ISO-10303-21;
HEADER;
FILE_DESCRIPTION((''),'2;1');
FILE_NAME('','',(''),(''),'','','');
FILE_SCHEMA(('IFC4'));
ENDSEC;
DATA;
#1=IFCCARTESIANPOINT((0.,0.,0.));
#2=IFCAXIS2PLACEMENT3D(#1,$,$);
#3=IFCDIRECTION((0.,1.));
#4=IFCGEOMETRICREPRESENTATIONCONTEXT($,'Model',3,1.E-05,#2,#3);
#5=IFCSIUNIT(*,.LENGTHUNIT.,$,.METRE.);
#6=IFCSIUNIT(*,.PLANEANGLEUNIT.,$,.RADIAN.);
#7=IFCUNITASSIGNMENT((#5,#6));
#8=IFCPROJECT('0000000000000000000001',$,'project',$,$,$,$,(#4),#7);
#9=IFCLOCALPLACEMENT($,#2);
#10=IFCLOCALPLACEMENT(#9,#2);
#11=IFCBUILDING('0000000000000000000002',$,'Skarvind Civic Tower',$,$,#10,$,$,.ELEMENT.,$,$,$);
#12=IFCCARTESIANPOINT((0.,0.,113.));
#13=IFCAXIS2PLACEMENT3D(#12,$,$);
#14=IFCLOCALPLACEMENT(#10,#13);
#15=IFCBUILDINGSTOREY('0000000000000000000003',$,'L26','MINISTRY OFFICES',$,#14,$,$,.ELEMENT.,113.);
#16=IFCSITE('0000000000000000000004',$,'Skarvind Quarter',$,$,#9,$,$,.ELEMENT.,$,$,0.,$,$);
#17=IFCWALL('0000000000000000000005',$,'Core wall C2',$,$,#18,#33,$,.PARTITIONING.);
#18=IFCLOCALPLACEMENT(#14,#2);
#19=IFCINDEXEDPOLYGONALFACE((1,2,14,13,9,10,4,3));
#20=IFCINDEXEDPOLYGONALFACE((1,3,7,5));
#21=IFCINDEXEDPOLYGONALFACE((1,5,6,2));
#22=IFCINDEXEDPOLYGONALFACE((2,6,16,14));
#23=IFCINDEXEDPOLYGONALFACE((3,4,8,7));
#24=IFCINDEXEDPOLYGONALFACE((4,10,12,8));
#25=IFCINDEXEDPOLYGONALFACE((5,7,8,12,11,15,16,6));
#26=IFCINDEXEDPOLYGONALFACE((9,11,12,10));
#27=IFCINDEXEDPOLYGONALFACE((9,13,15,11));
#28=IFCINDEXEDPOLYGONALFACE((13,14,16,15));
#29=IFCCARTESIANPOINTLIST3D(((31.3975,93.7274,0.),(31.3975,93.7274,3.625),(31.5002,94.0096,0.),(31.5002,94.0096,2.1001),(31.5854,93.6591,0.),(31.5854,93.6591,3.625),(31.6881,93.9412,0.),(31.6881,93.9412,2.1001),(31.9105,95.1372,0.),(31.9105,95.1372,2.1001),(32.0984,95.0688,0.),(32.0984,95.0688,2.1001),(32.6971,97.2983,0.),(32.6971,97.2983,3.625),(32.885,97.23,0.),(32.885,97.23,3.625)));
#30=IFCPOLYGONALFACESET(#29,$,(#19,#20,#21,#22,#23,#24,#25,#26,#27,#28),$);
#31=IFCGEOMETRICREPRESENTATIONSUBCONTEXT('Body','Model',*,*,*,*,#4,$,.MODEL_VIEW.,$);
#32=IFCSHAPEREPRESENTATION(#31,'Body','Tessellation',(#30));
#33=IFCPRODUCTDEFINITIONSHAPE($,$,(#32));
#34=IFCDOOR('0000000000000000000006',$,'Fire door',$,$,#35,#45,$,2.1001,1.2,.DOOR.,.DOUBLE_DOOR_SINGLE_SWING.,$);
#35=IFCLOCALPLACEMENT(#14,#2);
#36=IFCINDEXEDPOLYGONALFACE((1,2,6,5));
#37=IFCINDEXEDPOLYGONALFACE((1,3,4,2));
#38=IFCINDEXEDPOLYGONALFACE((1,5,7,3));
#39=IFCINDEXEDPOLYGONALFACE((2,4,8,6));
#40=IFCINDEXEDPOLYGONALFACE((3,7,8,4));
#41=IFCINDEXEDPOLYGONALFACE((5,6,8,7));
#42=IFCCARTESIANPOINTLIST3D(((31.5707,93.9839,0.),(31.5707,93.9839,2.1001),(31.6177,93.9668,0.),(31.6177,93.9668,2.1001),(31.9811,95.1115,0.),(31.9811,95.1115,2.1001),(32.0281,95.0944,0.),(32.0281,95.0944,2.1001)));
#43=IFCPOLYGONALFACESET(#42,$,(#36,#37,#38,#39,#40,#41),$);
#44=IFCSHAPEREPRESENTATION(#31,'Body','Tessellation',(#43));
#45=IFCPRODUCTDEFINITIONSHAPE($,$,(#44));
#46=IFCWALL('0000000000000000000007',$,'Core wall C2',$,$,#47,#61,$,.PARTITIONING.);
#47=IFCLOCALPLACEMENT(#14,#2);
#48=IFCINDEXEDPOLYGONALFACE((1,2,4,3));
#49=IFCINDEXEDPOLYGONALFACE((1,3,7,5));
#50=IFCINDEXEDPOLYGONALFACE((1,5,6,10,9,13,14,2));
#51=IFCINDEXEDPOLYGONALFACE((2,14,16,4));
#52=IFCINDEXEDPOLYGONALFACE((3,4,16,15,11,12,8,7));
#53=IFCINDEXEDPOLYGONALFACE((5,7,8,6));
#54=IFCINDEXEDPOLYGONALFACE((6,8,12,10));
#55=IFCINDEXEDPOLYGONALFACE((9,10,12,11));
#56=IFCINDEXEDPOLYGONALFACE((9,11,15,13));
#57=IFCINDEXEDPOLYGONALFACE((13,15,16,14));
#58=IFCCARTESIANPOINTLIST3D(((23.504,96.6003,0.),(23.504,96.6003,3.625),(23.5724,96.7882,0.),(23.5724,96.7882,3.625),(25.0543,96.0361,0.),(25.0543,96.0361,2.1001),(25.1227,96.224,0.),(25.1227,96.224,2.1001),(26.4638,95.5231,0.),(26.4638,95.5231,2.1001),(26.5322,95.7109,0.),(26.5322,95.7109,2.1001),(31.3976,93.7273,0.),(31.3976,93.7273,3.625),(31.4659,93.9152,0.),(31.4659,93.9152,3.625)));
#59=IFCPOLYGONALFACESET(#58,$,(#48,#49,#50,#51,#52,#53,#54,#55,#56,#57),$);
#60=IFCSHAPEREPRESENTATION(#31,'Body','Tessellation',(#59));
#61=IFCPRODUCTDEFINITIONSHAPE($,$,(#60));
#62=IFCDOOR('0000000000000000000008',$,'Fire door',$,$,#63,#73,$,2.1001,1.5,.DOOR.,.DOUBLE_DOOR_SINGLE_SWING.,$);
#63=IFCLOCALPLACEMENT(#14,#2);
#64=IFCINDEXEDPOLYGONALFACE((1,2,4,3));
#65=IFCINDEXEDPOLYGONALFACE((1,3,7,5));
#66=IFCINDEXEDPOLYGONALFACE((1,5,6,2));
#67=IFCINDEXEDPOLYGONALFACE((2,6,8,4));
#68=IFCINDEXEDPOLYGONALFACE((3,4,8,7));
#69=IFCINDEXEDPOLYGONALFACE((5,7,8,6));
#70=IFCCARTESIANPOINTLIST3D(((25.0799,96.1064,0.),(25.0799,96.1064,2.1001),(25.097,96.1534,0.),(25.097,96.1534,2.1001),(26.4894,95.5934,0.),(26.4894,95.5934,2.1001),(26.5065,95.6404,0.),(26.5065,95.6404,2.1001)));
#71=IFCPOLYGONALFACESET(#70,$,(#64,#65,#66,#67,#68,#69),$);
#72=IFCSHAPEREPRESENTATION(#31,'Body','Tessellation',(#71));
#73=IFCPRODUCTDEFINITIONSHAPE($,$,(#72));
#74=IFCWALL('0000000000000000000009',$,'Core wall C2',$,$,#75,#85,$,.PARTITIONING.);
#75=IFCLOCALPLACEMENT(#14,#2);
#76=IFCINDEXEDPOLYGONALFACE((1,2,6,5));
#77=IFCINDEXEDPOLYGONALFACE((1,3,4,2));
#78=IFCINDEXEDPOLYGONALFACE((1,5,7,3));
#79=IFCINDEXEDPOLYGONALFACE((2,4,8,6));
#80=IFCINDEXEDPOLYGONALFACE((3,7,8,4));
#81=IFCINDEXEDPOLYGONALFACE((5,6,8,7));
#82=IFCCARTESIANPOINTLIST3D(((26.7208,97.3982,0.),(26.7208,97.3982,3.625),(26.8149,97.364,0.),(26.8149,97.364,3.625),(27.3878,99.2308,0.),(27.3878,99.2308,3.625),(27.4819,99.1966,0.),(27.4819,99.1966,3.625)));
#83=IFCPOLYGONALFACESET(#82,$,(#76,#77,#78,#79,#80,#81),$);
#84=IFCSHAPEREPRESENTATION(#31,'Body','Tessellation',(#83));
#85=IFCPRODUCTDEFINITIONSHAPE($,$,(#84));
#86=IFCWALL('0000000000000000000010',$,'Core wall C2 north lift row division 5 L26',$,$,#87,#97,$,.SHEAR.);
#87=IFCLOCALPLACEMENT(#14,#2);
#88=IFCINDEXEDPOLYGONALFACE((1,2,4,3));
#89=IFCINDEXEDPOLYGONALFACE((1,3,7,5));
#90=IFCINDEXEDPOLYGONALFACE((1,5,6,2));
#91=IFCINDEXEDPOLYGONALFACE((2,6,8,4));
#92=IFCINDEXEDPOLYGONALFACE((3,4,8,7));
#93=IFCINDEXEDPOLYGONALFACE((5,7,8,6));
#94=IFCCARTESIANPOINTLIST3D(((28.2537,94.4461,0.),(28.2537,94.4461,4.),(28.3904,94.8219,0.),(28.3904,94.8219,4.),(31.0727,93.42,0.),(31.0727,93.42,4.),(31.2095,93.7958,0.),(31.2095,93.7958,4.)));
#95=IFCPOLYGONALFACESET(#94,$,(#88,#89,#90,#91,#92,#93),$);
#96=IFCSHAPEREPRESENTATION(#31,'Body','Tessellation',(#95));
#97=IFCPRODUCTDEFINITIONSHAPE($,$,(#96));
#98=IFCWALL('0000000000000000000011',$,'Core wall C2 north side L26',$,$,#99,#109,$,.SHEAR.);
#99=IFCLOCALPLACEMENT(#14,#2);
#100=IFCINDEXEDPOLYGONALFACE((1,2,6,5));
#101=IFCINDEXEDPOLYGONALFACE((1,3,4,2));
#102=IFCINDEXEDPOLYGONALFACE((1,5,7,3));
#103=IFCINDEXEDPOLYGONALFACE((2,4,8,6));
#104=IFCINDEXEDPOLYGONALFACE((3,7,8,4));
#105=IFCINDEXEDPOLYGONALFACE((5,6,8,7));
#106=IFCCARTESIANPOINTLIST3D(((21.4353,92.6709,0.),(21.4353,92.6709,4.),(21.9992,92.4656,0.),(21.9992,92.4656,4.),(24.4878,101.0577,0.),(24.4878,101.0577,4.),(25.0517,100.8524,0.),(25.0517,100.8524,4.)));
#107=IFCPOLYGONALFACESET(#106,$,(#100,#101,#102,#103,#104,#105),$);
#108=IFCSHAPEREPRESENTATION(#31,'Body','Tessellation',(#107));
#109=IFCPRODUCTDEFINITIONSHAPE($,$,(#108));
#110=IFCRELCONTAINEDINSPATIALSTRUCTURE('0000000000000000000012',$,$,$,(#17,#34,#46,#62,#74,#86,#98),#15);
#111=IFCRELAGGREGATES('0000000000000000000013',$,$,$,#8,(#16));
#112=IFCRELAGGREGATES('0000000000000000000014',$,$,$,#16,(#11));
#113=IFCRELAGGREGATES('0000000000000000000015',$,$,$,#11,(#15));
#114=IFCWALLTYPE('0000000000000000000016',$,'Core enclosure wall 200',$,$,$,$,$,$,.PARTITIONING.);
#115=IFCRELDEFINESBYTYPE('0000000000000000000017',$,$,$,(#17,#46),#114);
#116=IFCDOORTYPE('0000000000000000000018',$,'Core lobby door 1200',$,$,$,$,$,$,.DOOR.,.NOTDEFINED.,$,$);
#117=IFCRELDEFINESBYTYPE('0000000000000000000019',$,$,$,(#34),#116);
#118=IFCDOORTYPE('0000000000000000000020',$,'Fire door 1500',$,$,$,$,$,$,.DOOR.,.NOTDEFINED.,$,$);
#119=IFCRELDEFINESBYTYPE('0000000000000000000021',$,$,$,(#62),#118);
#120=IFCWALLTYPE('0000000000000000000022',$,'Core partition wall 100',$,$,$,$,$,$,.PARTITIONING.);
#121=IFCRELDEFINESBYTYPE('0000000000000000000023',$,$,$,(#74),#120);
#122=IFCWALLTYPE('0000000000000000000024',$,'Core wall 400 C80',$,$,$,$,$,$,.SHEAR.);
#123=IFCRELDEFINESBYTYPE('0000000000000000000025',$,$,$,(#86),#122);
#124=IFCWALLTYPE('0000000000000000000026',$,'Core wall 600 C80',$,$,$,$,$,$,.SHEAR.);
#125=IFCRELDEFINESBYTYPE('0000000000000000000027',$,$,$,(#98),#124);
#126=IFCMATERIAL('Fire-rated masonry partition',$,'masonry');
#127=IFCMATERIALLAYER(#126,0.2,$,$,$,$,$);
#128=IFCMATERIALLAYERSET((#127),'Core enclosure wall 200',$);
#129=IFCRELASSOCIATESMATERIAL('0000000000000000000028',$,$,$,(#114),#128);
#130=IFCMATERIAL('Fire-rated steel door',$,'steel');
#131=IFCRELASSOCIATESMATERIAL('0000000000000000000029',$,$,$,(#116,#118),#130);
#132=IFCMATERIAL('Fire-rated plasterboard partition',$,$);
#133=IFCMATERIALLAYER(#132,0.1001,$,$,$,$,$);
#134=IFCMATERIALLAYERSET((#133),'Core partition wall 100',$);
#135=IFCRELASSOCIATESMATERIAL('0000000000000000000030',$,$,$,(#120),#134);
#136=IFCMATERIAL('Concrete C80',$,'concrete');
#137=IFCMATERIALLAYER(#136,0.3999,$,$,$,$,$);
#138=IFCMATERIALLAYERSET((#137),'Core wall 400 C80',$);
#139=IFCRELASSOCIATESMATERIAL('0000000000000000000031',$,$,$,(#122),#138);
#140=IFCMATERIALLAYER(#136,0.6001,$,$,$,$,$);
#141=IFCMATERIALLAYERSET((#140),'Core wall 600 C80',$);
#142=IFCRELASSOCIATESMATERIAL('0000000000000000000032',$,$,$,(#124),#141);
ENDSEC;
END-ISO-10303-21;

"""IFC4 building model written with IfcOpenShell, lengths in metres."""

from ifc_helpers import new_model, si_unit, direction, frame, frame_2d, origin, place, context, subcontext, project, spatial, rectangle, extrude, material, layer, layer_set, type_object, element, fill, save


model = new_model("IFC4")

# Units and contexts
model_context = context("Model", 3, precision=1e-05, world=origin(), true_north=direction((0.0, 1.0)))
body_context = subcontext(model_context, "Body", "Model", "MODEL_VIEW")
ifc_project = project(units=[si_unit("LENGTHUNIT", "METRE"), si_unit("PLANEANGLEUNIT", "RADIAN")], contexts=[model_context])

# Site, building, storey
site_placement = place(None, origin())
site = spatial("IfcSite", under=ifc_project, at=site_placement, Name="Skarvind Quarter", CompositionType="ELEMENT", RefElevation=0.0)
building_placement = place(site_placement, origin())
building = spatial("IfcBuilding", under=site, at=building_placement, Name="Skarvind Civic Tower", CompositionType="ELEMENT")
storey_placement = place(building_placement, frame((0.0, 0.0, 113.0)))
storey = spatial("IfcBuildingStorey", under=building, at=storey_placement, Name="L26", Description="MINISTRY OFFICES", CompositionType="ELEMENT", Elevation=113.0)

# Walls, openings, doors
ifc_material_1 = material(Name="Fire-rated masonry partition", Category="masonry")
ifc_layer_1 = layer(ifc_material_1, 0.2)
ifc_layer_set_1 = layer_set([ifc_layer_1], Name="Core enclosure wall 200")
wall_type_1 = type_object("IfcWallType", Name="Core enclosure wall 200", PredefinedType="PARTITIONING", material=ifc_layer_set_1)
wall_1_placement = place(storey_placement, frame((31.4915, 93.6934, 0.0), z_axis=(0.0, 0.0, 1.0), x_axis=(0.341996, 0.939701, 0.0)))
wall_1 = element("IfcWall", 1, at=wall_1_placement, inside=storey, type_object=wall_type_1, Name="Core wall C2", PredefinedType="PARTITIONING", context=body_context, shape_type="SweptSolid", body=[
    extrude(rectangle(XDim=3.8, YDim=0.2, at=frame_2d((1.8999, 0.0))), origin(), (0.0, 0.0, 1.0), 3.625),
])
opening_1_placement = place(wall_1_placement, frame((0.3, 0.0, 0.0)))
opening_1 = element("IfcOpeningElement", 2, at=opening_1_placement, cuts=wall_1, PredefinedType="OPENING", context=body_context, shape_type="SweptSolid", body=[
    extrude(rectangle(XDim=1.2, YDim=2.1001, at=frame_2d((0.6001, 1.05))), frame((0.0, 0.1099, 0.0), z_axis=(0.0, -1.0, 0.0), x_axis=(1.0, 0.0, 0.0)), (0.0, 0.0, 1.0), 0.22),
])
ifc_material_2 = material(Name="Fire-rated steel door", Category="steel")
door_type_1 = type_object("IfcDoorType", Name="Core lobby door 1200", OperationType="NOTDEFINED", PredefinedType="DOOR", material=ifc_material_2)
door_1_placement = place(opening_1_placement, origin())
door_1 = element("IfcDoor", 3, at=door_1_placement, inside=storey, type_object=door_type_1, Name="Fire door", OperationType="DOUBLE_DOOR_SINGLE_SWING", OverallHeight=2.1001, OverallWidth=1.2, PredefinedType="DOOR", context=body_context, shape_type="SweptSolid", body=[
    extrude(rectangle(XDim=1.2, YDim=2.1001, at=frame_2d((0.6001, 1.05))), frame((0.0, 0.0249, 0.0), z_axis=(0.0, -1.0, 0.0), x_axis=(1.0, 0.0, 0.0)), (0.0, 0.0, 1.0), 0.05),
])
fill(opening_1, door_1)
wall_2_placement = place(storey_placement, frame((23.5381, 96.6943, 0.0), z_axis=(0.0, 0.0, 1.0), x_axis=(0.939692, -0.342023, 0.0)))
wall_2 = element("IfcWall", 4, at=wall_2_placement, inside=storey, type_object=wall_type_1, Name="Core wall C2", PredefinedType="PARTITIONING", context=body_context, shape_type="SweptSolid", body=[
    extrude(rectangle(XDim=8.4001, YDim=0.2, at=frame_2d((4.2002, 0.0))), origin(), (0.0, 0.0, 1.0), 3.625),
])
opening_2_placement = place(wall_2_placement, frame((1.6499, 0.0, 0.0)))
opening_2 = element("IfcOpeningElement", 5, at=opening_2_placement, cuts=wall_2, PredefinedType="OPENING", context=body_context, shape_type="SweptSolid", body=[
    extrude(rectangle(XDim=1.5, YDim=2.1001, at=frame_2d((0.75, 1.05))), frame((0.0, 0.1099, 0.0), z_axis=(0.0, -1.0, 0.0), x_axis=(1.0, 0.0, 0.0)), (0.0, 0.0, 1.0), 0.22),
])
door_type_2 = type_object("IfcDoorType", Name="Fire door 1500", OperationType="NOTDEFINED", PredefinedType="DOOR", material=ifc_material_2)
door_2_placement = place(opening_2_placement, origin())
door_2 = element("IfcDoor", 6, at=door_2_placement, inside=storey, type_object=door_type_2, Name="Fire door", OperationType="DOUBLE_DOOR_SINGLE_SWING", OverallHeight=2.1001, OverallWidth=1.5, PredefinedType="DOOR", context=body_context, shape_type="SweptSolid", body=[
    extrude(rectangle(XDim=1.5, YDim=2.1001, at=frame_2d((0.75, 1.05))), frame((0.0, 0.0249, 0.0), z_axis=(0.0, -1.0, 0.0), x_axis=(1.0, 0.0, 0.0)), (0.0, 0.0, 1.0), 0.05),
])
fill(opening_2, door_2)

# Walls
ifc_material_3 = material(Name="Fire-rated plasterboard partition")
ifc_layer_2 = layer(ifc_material_3, 0.1001)
ifc_layer_set_2 = layer_set([ifc_layer_2], Name="Core partition wall 100")
wall_type_2 = type_object("IfcWallType", Name="Core partition wall 100", PredefinedType="PARTITIONING", material=ifc_layer_set_2)
wall_3_placement = place(storey_placement, frame((26.7678, 97.3811, 0.0), z_axis=(0.0, 0.0, 1.0), x_axis=(0.342025, 0.939691, 0.0)))
element("IfcWall", 7, at=wall_3_placement, inside=storey, type_object=wall_type_2, Name="Core wall C2", PredefinedType="PARTITIONING", context=body_context, shape_type="SweptSolid", body=[
    extrude(rectangle(XDim=1.9502, YDim=0.1001, at=frame_2d((0.9751, 0.0))), origin(), (0.0, 0.0, 1.0), 3.625),
])
ifc_material_4 = material(Name="Concrete C80", Category="concrete")
ifc_layer_3 = layer(ifc_material_4, 0.3999)
ifc_layer_set_3 = layer_set([ifc_layer_3], Name="Core wall 400 C80")
wall_type_3 = type_object("IfcWallType", Name="Core wall 400 C80", PredefinedType="SHEAR", material=ifc_layer_set_3)
wall_4_placement = place(storey_placement, frame((31.1411, 93.6079, 0.0), z_axis=(0.0, 0.0, 1.0), x_axis=(-0.939686, 0.342037, 0.0)))
element("IfcWall", 8, at=wall_4_placement, inside=storey, type_object=wall_type_3, Name="Core wall C2 north lift row division 5 L26", PredefinedType="SHEAR", context=body_context, shape_type="SweptSolid", body=[
    extrude(rectangle(XDim=3.0, YDim=0.3999, at=frame_2d((1.5, 0.0))), origin(), (0.0, 0.0, 1.0), 4.0),
])
ifc_layer_4 = layer(ifc_material_4, 0.6001)
ifc_layer_set_4 = layer_set([ifc_layer_4], Name="Core wall 600 C80")
wall_type_4 = type_object("IfcWallType", Name="Core wall 600 C80", PredefinedType="SHEAR", material=ifc_layer_set_4)
wall_5_placement = place(storey_placement, frame((21.7173, 92.5684, 0.0), z_axis=(0.0, 0.0, 1.0), x_axis=(0.342018, 0.939694, 0.0)))
element("IfcWall", 9, at=wall_5_placement, inside=storey, type_object=wall_type_4, Name="Core wall C2 north side L26", PredefinedType="SHEAR", context=body_context, shape_type="SweptSolid", body=[
    extrude(rectangle(XDim=8.925, YDim=0.6001, at=frame_2d((4.4624, 0.0))), origin(), (0.0, 0.0, 1.0), 4.0),
])

save(model, "model.ifc")
